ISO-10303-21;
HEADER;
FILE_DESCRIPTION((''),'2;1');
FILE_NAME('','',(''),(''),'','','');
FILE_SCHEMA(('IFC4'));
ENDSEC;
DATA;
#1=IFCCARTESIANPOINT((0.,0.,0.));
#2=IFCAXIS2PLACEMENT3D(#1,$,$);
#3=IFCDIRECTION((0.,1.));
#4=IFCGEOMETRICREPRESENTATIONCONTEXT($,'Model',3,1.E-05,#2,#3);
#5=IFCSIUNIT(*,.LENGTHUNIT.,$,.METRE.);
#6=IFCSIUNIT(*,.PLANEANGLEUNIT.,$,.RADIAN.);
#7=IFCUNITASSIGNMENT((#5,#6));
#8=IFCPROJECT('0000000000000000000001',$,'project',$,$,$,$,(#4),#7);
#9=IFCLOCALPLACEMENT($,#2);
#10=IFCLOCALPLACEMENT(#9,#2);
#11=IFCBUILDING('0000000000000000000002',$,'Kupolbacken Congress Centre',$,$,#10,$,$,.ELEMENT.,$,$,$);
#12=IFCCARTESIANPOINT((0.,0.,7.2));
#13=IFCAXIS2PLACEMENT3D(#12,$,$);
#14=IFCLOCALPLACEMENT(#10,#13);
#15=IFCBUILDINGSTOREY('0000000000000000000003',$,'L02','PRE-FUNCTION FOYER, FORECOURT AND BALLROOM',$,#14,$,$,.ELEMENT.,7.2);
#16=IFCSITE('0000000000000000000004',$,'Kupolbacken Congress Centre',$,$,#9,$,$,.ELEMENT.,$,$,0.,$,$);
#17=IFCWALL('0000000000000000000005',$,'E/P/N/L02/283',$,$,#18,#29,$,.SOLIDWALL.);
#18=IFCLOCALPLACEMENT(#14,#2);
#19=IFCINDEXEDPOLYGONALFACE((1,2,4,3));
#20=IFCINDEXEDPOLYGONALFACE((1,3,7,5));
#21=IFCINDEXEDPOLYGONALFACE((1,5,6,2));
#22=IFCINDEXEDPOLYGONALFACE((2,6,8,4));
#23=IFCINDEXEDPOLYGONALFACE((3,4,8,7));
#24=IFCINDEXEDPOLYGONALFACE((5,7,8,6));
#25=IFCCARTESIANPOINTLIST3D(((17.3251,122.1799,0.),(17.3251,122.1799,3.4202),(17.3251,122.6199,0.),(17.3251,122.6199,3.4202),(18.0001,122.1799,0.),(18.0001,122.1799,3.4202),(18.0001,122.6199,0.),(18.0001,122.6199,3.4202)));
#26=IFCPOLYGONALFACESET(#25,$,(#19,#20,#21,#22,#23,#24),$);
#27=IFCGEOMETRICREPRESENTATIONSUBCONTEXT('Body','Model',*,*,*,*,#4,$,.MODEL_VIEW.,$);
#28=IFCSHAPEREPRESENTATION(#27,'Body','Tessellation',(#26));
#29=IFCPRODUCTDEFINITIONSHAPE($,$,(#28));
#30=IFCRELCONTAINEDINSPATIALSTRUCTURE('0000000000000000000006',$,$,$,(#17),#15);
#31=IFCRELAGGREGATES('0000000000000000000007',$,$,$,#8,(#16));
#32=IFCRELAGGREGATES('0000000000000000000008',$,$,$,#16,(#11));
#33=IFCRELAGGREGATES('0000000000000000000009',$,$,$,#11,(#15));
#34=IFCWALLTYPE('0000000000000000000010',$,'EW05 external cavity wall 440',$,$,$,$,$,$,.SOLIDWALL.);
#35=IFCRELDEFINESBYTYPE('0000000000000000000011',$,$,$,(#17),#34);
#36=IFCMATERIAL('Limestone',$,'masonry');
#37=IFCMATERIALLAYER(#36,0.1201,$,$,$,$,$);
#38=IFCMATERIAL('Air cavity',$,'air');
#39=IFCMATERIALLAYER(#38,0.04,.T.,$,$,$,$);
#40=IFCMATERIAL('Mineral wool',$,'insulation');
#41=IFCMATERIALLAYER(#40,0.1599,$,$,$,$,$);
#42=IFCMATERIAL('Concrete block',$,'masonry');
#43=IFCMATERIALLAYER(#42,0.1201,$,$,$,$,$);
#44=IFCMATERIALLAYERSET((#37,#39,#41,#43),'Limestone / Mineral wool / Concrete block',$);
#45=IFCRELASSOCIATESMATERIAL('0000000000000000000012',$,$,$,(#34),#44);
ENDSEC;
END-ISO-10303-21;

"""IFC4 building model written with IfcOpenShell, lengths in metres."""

from ifc_helpers import new_model, si_unit, direction, frame, frame_2d, origin, place, context, subcontext, project, spatial, rectangle, extrude, material, layer, layer_set, type_object, element, save


model = new_model("IFC4")

# Units and contexts
model_context = context("Model", 3, precision=1e-05, world=origin(), true_north=direction((0.0, 1.0)))
body_context = subcontext(model_context, "Body", "Model", "MODEL_VIEW")
ifc_project = project(units=[si_unit("LENGTHUNIT", "METRE"), si_unit("PLANEANGLEUNIT", "RADIAN")], contexts=[model_context])

# Site, building, storey
site_placement = place(None, origin())
site = spatial("IfcSite", under=ifc_project, at=site_placement, Name="Kupolbacken Congress Centre", CompositionType="ELEMENT", RefElevation=0.0)
building_placement = place(site_placement, origin())
building = spatial("IfcBuilding", under=site, at=building_placement, Name="Kupolbacken Congress Centre", CompositionType="ELEMENT")
storey_placement = place(building_placement, frame((0.0, 0.0, 7.2)))
storey = spatial("IfcBuildingStorey", under=building, at=storey_placement, Name="L02", Description="PRE-FUNCTION FOYER, FORECOURT AND BALLROOM", CompositionType="ELEMENT", Elevation=7.2)

# Wall
ifc_material_1 = material(Name="Limestone", Category="masonry")
ifc_layer_1 = layer(ifc_material_1, 0.1201)
ifc_material_2 = material(Name="Air cavity", Category="air")
ifc_layer_2 = layer(ifc_material_2, 0.04, ventilated=True)
ifc_material_3 = material(Name="Mineral wool", Category="insulation")
ifc_layer_3 = layer(ifc_material_3, 0.1599)
ifc_material_4 = material(Name="Concrete block", Category="masonry")
ifc_layer_4 = layer(ifc_material_4, 0.1201)
ifc_layer_set_1 = layer_set([ifc_layer_1, ifc_layer_2, ifc_layer_3, ifc_layer_4], Name="Limestone / Mineral wool / Concrete block")
wall_type = type_object("IfcWallType", Name="EW05 external cavity wall 440", PredefinedType="SOLIDWALL", material=ifc_layer_set_1)
wall_1_placement = place(storey_placement, frame((18.0, 122.3999, 0.0), z_axis=(0.0, 0.0, 1.0), x_axis=(-1.0, 0.0, 0.0)))
element("IfcWall", 1, at=wall_1_placement, inside=storey, type_object=wall_type, Name="E/P/N/L02/283", PredefinedType="SOLIDWALL", context=body_context, shape_type="SweptSolid", body=[
    extrude(rectangle(XDim=0.675, YDim=0.4399, at=frame_2d((0.3374, 0.0))), origin(), (0.0, 0.0, 1.0), 3.4202),
])

save(model, "model.ifc")
